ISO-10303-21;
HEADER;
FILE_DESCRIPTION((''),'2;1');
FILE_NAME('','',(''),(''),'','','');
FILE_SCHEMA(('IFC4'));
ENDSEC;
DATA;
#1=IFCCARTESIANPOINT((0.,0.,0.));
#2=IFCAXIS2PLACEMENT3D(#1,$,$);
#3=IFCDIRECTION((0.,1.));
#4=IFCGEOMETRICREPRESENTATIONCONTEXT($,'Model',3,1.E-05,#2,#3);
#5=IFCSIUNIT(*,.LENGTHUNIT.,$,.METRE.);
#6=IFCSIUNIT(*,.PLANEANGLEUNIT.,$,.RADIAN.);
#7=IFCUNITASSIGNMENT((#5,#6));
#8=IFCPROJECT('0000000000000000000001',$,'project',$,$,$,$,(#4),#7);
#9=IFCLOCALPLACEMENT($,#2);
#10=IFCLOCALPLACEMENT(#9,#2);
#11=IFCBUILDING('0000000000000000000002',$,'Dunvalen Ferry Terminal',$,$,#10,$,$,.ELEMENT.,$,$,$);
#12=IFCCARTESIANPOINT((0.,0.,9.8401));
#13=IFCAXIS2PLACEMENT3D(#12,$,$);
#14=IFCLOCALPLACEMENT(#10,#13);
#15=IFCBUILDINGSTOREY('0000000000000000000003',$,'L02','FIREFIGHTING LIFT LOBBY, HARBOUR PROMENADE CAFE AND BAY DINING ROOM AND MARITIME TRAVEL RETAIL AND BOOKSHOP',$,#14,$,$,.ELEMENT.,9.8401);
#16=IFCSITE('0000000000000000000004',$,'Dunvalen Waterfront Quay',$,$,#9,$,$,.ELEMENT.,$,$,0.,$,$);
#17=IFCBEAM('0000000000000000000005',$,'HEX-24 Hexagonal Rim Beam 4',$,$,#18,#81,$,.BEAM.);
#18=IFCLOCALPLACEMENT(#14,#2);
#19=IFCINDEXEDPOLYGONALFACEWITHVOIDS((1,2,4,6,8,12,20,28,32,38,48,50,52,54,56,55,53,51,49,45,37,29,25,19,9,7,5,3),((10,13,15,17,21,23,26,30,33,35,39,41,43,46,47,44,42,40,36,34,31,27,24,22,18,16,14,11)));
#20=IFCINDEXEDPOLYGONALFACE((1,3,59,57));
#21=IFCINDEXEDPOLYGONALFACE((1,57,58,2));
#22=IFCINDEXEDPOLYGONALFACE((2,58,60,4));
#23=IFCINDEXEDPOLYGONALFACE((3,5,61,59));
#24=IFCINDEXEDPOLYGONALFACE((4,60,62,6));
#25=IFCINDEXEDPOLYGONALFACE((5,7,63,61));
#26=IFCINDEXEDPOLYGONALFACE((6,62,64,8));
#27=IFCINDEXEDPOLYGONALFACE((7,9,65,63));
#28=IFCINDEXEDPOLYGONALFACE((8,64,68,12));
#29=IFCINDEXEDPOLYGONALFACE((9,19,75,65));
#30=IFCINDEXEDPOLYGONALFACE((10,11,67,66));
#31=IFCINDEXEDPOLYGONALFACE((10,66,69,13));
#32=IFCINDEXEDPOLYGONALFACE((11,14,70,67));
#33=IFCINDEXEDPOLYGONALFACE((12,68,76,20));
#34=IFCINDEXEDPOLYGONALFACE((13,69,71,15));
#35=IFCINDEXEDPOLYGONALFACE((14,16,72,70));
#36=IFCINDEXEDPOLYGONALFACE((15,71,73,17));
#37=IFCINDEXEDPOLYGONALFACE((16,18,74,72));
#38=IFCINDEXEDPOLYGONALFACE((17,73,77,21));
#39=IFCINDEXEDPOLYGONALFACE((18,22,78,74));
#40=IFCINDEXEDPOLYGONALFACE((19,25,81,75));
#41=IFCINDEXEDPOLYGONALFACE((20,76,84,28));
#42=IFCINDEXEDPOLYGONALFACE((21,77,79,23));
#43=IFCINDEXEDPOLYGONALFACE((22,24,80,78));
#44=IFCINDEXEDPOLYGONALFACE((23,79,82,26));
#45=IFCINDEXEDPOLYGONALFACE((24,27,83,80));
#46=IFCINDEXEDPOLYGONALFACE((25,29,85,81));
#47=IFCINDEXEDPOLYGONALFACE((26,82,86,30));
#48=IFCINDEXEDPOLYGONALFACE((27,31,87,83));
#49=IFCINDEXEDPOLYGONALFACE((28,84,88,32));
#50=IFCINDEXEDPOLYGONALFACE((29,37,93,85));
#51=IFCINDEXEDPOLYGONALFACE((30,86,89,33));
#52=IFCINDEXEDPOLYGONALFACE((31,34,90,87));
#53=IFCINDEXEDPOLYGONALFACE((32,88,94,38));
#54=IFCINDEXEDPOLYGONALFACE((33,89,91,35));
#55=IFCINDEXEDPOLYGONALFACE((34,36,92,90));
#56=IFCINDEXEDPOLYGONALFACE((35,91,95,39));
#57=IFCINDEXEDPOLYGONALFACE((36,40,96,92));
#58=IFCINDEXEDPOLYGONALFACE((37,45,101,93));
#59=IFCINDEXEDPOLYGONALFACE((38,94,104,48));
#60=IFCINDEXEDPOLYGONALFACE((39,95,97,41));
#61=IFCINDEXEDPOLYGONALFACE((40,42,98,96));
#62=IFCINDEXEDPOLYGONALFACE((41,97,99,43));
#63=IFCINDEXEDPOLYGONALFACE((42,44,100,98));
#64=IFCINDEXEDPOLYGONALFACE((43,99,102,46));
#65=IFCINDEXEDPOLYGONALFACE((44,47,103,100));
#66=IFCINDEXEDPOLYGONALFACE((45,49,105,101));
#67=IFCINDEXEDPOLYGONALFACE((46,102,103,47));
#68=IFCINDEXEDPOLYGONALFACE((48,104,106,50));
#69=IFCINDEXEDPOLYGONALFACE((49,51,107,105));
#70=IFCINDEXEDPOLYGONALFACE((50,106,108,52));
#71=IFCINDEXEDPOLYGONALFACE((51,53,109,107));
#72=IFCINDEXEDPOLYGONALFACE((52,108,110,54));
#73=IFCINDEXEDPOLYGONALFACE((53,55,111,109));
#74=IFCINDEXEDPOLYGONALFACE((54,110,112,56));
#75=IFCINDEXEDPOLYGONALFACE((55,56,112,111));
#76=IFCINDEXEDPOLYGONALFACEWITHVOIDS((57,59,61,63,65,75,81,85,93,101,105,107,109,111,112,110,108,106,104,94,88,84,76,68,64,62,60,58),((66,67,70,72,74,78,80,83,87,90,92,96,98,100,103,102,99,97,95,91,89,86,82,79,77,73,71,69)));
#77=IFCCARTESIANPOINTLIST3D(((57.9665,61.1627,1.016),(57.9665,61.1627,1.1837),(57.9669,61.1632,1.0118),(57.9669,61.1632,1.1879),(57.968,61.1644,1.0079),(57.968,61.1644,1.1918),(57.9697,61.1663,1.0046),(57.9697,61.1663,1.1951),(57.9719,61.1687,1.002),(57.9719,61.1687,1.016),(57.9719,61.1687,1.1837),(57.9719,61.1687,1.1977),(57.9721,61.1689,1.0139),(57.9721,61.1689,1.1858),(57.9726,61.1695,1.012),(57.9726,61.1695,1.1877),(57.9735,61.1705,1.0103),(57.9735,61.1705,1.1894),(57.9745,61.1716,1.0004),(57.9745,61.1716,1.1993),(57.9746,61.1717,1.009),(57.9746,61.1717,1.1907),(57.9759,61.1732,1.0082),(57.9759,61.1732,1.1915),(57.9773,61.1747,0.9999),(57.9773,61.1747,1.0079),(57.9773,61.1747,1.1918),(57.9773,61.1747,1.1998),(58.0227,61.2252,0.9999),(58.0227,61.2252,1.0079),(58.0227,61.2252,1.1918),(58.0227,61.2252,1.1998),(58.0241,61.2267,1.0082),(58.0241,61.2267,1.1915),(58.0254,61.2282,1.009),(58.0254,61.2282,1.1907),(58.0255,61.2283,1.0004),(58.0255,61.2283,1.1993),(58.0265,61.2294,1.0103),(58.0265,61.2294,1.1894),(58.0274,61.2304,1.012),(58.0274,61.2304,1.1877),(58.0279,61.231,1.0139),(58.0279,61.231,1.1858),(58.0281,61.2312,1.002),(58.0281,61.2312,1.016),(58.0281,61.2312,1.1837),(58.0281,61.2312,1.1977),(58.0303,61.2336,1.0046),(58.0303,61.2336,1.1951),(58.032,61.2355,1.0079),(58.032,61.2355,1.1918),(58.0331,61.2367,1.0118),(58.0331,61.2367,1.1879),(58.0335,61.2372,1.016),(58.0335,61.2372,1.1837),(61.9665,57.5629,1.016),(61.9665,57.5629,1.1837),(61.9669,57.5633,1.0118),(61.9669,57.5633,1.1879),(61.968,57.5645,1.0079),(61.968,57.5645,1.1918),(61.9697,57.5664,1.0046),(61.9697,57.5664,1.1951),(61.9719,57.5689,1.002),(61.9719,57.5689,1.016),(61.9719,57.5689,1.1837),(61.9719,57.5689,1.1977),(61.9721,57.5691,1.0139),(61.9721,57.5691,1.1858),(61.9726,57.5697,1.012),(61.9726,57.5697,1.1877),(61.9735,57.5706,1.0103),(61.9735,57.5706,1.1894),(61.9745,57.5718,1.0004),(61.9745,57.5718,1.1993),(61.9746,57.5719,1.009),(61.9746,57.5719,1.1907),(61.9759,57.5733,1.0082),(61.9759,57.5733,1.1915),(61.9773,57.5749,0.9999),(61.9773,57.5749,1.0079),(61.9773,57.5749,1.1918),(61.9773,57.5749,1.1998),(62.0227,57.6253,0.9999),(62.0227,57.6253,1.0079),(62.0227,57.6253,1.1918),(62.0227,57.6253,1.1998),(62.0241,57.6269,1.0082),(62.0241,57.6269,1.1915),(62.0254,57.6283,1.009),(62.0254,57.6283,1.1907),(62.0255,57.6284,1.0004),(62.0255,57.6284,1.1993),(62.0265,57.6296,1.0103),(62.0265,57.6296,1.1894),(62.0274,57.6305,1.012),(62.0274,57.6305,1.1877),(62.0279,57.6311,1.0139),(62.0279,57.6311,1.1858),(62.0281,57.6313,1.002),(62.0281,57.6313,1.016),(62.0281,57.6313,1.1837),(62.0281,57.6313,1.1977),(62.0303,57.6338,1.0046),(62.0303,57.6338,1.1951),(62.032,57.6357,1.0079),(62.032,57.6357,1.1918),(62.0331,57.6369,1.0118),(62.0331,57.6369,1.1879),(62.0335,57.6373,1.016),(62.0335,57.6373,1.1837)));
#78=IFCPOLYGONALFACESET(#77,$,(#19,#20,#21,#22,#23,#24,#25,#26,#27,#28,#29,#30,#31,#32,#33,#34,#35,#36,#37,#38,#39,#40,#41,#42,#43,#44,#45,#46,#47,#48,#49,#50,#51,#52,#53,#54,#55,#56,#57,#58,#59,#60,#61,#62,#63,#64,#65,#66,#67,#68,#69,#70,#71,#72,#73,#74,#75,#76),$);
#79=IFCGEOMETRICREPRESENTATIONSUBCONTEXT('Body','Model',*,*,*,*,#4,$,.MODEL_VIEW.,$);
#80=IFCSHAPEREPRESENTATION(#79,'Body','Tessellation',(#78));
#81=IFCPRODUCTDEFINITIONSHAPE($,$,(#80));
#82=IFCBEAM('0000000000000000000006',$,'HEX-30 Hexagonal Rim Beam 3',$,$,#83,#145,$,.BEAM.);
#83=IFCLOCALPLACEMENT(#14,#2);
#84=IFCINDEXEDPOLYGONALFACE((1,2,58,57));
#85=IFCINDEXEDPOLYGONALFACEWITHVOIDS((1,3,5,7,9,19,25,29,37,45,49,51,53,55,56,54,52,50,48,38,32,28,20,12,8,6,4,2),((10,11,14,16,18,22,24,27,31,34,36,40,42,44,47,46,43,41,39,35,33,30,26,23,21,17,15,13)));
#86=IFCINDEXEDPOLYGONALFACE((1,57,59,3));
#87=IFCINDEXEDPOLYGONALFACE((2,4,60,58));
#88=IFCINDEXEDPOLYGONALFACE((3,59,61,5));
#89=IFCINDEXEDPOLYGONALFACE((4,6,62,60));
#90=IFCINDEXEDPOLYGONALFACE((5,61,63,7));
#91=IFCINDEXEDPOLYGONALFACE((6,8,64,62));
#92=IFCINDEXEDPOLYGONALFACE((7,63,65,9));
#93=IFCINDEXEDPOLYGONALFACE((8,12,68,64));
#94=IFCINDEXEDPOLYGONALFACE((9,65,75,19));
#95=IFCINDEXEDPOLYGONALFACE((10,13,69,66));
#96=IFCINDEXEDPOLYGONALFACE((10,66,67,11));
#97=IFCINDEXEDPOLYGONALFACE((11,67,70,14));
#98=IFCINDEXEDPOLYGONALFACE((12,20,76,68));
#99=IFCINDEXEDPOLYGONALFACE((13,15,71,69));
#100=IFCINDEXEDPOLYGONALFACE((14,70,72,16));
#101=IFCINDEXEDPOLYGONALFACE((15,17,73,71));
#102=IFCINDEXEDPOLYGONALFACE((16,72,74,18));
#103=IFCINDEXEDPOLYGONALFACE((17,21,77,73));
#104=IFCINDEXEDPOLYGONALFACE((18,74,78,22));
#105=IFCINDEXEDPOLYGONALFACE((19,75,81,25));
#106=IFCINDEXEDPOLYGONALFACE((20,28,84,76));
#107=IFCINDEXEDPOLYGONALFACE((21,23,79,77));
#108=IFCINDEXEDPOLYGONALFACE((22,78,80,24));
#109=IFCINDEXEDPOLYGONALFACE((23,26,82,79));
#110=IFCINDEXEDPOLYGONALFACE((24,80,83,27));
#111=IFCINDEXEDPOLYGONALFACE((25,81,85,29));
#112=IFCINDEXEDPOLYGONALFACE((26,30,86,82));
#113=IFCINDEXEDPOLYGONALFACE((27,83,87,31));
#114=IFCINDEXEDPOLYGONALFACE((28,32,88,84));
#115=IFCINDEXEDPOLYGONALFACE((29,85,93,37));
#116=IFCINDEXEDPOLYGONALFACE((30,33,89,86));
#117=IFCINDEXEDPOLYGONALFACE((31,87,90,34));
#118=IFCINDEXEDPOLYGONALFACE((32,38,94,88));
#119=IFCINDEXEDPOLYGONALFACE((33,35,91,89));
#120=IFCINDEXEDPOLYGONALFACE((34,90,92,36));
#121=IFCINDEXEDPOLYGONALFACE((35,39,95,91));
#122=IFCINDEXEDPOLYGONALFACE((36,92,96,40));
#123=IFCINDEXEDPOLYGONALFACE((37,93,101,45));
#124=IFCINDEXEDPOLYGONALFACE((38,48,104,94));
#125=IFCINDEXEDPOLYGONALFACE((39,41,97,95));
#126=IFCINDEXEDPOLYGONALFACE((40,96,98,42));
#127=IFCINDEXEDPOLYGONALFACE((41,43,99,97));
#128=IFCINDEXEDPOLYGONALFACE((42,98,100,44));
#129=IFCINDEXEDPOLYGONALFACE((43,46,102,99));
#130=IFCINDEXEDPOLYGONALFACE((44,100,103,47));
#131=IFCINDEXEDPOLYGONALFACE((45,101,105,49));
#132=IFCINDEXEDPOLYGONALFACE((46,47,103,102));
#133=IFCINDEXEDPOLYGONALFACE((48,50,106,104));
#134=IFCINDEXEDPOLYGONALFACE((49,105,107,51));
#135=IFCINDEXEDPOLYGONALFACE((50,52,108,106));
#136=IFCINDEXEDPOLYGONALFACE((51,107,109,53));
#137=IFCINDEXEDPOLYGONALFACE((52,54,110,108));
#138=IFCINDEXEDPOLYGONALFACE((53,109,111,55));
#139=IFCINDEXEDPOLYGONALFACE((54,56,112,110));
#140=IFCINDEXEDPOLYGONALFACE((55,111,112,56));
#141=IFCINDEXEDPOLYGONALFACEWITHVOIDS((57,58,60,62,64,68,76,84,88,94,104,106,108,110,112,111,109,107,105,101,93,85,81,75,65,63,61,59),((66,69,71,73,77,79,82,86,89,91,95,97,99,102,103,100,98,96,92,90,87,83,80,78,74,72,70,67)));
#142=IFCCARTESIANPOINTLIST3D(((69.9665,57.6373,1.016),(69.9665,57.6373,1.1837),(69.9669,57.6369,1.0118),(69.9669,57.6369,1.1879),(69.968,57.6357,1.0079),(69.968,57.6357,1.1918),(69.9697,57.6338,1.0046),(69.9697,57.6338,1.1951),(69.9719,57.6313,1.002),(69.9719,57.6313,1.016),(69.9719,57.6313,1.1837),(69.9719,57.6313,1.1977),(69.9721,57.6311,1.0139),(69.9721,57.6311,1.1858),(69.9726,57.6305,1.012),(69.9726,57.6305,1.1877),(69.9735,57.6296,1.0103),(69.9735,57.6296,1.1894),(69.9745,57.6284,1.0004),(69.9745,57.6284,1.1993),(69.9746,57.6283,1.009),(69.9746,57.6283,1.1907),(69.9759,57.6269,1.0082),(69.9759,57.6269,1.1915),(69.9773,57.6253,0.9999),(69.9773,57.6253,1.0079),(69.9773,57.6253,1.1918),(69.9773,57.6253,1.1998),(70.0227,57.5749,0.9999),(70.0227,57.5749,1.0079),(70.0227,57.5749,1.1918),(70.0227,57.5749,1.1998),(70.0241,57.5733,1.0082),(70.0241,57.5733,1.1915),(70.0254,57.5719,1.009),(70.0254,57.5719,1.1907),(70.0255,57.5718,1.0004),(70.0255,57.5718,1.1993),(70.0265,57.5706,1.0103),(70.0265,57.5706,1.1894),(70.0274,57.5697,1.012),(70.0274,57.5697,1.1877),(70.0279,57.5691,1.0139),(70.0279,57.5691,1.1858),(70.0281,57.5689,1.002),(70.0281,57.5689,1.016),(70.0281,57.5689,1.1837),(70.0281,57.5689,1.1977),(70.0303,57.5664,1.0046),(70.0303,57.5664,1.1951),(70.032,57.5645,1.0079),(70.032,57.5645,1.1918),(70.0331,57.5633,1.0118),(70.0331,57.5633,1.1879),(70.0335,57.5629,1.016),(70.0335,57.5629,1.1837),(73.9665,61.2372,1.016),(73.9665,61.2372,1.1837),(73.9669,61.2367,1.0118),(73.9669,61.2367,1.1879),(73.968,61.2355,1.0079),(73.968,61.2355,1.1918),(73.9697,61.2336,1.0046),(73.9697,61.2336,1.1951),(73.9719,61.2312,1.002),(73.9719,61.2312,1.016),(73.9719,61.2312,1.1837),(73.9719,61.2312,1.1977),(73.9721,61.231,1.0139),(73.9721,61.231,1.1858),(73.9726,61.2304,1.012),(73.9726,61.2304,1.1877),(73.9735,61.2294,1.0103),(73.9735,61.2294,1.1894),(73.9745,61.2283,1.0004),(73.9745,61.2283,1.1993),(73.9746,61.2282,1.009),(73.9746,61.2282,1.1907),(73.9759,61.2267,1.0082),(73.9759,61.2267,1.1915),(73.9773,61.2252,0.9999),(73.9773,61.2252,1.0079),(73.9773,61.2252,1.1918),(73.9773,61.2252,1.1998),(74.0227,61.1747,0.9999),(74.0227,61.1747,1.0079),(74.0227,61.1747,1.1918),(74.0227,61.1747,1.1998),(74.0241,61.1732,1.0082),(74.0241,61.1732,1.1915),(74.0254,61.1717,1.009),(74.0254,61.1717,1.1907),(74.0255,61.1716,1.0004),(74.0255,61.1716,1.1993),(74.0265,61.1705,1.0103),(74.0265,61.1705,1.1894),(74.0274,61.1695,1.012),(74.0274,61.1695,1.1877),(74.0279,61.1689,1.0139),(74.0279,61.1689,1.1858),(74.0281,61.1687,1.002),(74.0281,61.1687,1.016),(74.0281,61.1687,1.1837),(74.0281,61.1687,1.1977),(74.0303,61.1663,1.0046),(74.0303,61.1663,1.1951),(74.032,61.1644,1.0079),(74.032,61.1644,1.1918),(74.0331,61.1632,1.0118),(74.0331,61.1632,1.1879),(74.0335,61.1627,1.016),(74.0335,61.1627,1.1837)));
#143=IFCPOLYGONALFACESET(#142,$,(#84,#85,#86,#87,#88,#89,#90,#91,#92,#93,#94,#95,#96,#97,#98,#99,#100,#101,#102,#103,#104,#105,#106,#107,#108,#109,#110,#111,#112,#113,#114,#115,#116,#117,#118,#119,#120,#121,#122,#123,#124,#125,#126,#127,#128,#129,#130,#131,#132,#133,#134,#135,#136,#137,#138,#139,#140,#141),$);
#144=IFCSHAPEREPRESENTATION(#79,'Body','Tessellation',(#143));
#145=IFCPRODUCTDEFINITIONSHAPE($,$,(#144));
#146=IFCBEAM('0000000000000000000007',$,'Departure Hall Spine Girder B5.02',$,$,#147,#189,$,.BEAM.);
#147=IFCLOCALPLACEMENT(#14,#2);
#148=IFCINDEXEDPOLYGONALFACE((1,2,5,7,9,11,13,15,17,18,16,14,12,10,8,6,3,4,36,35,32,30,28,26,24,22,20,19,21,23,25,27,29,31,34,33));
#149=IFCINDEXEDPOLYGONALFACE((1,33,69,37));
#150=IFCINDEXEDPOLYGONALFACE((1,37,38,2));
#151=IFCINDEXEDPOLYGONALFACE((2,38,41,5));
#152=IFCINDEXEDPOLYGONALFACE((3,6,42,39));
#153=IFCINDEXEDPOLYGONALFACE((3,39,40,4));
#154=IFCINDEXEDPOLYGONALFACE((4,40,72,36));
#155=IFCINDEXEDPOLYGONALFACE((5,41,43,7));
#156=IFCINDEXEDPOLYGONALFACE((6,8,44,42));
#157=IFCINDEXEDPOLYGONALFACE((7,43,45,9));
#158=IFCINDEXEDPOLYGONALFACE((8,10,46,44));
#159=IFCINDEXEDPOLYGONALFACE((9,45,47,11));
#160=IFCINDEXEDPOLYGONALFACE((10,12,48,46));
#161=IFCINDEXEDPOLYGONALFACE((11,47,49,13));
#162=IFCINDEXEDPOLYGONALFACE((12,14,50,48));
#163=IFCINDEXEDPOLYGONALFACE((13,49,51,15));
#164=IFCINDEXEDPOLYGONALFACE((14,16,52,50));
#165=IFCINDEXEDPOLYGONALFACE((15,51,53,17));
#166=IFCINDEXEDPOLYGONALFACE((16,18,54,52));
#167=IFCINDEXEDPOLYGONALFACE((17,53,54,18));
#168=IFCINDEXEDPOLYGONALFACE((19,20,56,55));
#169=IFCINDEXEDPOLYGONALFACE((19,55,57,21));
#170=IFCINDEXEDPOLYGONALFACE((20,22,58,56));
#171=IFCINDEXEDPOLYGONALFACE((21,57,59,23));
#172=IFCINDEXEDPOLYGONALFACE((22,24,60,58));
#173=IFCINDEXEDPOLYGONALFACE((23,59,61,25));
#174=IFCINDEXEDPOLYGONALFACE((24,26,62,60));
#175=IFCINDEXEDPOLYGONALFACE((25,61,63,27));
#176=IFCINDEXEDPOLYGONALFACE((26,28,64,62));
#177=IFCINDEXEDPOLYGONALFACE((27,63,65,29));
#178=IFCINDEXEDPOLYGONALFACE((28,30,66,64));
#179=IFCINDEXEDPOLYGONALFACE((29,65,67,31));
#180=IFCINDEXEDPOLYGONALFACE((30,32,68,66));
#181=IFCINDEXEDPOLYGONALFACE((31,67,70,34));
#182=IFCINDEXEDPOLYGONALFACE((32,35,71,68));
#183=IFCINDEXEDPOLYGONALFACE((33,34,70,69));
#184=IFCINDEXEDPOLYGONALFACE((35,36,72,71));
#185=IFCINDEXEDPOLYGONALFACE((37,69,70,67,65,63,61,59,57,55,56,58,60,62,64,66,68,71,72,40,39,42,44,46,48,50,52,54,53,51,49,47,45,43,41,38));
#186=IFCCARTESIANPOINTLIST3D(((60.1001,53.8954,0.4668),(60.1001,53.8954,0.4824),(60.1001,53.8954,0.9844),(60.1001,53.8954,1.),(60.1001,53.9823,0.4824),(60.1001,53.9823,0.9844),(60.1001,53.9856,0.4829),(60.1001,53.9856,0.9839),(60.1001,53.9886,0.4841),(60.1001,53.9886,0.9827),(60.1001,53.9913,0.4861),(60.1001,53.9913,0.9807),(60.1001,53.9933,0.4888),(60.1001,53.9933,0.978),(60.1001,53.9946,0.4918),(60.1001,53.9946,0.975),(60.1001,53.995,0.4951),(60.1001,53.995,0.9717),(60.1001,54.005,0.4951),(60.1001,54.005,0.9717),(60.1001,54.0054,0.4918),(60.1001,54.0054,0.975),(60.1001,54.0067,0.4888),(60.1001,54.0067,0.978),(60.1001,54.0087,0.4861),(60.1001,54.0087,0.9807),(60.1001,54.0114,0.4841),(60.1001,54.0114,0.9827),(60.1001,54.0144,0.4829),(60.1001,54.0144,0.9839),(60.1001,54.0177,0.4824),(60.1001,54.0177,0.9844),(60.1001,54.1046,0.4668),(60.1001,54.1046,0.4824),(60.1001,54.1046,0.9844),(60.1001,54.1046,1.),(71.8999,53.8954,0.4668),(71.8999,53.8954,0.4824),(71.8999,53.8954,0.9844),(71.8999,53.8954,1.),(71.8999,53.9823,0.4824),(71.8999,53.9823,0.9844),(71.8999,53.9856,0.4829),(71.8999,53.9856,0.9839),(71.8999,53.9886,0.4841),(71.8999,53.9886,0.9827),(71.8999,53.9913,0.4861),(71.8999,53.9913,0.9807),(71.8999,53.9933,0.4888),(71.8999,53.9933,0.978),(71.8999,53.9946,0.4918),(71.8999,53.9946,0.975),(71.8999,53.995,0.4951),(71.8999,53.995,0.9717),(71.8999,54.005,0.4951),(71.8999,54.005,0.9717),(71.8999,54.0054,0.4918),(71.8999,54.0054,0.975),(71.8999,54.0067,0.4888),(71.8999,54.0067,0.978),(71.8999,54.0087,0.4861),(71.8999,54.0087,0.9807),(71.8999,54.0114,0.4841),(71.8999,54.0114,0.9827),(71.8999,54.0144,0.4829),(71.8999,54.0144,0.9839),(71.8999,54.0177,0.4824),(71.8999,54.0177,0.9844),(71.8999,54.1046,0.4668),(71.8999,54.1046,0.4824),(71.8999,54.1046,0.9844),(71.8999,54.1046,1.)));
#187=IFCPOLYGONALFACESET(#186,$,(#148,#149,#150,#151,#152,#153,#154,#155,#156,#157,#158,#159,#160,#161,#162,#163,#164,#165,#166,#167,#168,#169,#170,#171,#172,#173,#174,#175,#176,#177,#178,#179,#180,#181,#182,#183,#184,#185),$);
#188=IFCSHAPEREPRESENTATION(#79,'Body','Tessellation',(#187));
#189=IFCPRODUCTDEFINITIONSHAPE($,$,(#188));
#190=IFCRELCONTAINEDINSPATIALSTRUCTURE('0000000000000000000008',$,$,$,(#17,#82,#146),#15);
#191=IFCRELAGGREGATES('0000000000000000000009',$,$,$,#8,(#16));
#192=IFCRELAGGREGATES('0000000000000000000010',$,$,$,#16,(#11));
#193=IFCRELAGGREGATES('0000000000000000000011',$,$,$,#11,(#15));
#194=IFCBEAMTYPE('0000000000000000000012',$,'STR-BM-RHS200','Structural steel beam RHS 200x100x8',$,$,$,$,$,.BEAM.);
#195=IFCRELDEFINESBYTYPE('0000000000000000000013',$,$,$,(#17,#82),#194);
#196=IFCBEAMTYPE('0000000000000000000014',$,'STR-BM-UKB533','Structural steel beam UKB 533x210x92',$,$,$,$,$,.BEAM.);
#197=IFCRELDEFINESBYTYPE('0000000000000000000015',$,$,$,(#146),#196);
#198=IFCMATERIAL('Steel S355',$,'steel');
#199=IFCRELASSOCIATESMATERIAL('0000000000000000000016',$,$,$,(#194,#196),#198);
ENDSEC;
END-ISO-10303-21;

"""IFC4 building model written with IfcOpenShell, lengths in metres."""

from ifc_helpers import new_model, si_unit, direction, frame, origin, origin_2d, place, context, subcontext, project, spatial, hollow_rectangle, i_section, extrude, material, material_profile, profile_set, type_object, element, save


model = new_model("IFC4")

# Units and contexts
model_context = context("Model", 3, precision=1e-05, world=origin(), true_north=direction((0.0, 1.0)))
body_context = subcontext(model_context, "Body", "Model", "MODEL_VIEW")
ifc_project = project(units=[si_unit("LENGTHUNIT", "METRE"), si_unit("PLANEANGLEUNIT", "RADIAN")], contexts=[model_context])

# Site, building, storey
site_placement = place(None, origin())
site = spatial("IfcSite", under=ifc_project, at=site_placement, Name="Dunvalen Waterfront Quay", CompositionType="ELEMENT", RefElevation=0.0)
building_placement = place(site_placement, origin())
building = spatial("IfcBuilding", under=site, at=building_placement, Name="Dunvalen Ferry Terminal", CompositionType="ELEMENT")
storey_placement = place(building_placement, frame((0.0, 0.0, 9.8401)))
storey = spatial("IfcBuildingStorey", under=building, at=storey_placement, Name="L02", Description="FIREFIGHTING LIFT LOBBY, HARBOUR PROMENADE CAFE AND BAY DINING ROOM AND MARITIME TRAVEL RETAIL AND BOOKSHOP", CompositionType="ELEMENT", Elevation=9.8401)

# Beams
ifc_material_1 = material(Name="Steel S355", Category="steel")
ifc_material_profile_1 = material_profile(ifc_material_1, hollow_rectangle(XDim=0.1001, YDim=0.2, WallThickness=0.0081, InnerFilletRadius=0.0081, OuterFilletRadius=0.0161, at=origin_2d()), Name="Steel S355")
ifc_profile_set_1 = profile_set([ifc_material_profile_1], Name="Steel S355")
beam_type_1 = type_object("IfcBeamType", Name="STR-BM-RHS200", Description="Structural steel beam RHS 200x100x8", PredefinedType="BEAM", material=ifc_profile_set_1)
for number, where, z_axis, x_axis, name in (
    (1, (62.0, 57.6001, 1.0999), (-0.743308, 0.66895, 0.0), (-0.66895, -0.743308, 0.0), "HEX-24 Hexagonal Rim Beam 4"),
    (2, (70.0, 57.6001, 1.0999), (0.743308, 0.66895, 0.0), (-0.66895, 0.743308, 0.0), "HEX-30 Hexagonal Rim Beam 3"),
):
    element("IfcBeam", number, at=place(storey_placement, frame(where, z_axis=z_axis, x_axis=x_axis)), inside=storey, type_object=beam_type_1, Name=name, PredefinedType="BEAM", context=body_context, shape_type="SweptSolid", body=[
        extrude(hollow_rectangle(XDim=0.1001, YDim=0.2, WallThickness=0.0081, InnerFilletRadius=0.0081, OuterFilletRadius=0.0161, at=origin_2d()), origin(), (0.0, 0.0, 1.0), 5.3813),
    ])
ifc_material_profile_2 = material_profile(ifc_material_1, i_section(OverallWidth=0.2092, OverallDepth=0.5332, WebThickness=0.01, FlangeThickness=0.0156, FilletRadius=0.0127, at=origin_2d()), Name="Steel S355")
ifc_profile_set_2 = profile_set([ifc_material_profile_2], Name="Steel S355")
beam_type_2 = type_object("IfcBeamType", Name="STR-BM-UKB533", Description="Structural steel beam UKB 533x210x92", PredefinedType="BEAM", material=ifc_profile_set_2)
for number, where, z_axis, x_axis, name in (
    (3, (60.1001, 54.0, 0.7334), (1.0, 0.0, 0.0), (0.0, 1.0, 0.0), "Departure Hall Spine Girder B5.02"),
):
    element("IfcBeam", number, at=place(storey_placement, frame(where, z_axis=z_axis, x_axis=x_axis)), inside=storey, type_object=beam_type_2, Name=name, PredefinedType="BEAM", context=body_context, shape_type="SweptSolid", body=[
        extrude(i_section(OverallWidth=0.2092, OverallDepth=0.5332, WebThickness=0.01, FlangeThickness=0.0156, FilletRadius=0.0127, at=origin_2d()), origin(), (0.0, 0.0, 1.0), 11.7998),
    ])

save(model, "model.ifc")
